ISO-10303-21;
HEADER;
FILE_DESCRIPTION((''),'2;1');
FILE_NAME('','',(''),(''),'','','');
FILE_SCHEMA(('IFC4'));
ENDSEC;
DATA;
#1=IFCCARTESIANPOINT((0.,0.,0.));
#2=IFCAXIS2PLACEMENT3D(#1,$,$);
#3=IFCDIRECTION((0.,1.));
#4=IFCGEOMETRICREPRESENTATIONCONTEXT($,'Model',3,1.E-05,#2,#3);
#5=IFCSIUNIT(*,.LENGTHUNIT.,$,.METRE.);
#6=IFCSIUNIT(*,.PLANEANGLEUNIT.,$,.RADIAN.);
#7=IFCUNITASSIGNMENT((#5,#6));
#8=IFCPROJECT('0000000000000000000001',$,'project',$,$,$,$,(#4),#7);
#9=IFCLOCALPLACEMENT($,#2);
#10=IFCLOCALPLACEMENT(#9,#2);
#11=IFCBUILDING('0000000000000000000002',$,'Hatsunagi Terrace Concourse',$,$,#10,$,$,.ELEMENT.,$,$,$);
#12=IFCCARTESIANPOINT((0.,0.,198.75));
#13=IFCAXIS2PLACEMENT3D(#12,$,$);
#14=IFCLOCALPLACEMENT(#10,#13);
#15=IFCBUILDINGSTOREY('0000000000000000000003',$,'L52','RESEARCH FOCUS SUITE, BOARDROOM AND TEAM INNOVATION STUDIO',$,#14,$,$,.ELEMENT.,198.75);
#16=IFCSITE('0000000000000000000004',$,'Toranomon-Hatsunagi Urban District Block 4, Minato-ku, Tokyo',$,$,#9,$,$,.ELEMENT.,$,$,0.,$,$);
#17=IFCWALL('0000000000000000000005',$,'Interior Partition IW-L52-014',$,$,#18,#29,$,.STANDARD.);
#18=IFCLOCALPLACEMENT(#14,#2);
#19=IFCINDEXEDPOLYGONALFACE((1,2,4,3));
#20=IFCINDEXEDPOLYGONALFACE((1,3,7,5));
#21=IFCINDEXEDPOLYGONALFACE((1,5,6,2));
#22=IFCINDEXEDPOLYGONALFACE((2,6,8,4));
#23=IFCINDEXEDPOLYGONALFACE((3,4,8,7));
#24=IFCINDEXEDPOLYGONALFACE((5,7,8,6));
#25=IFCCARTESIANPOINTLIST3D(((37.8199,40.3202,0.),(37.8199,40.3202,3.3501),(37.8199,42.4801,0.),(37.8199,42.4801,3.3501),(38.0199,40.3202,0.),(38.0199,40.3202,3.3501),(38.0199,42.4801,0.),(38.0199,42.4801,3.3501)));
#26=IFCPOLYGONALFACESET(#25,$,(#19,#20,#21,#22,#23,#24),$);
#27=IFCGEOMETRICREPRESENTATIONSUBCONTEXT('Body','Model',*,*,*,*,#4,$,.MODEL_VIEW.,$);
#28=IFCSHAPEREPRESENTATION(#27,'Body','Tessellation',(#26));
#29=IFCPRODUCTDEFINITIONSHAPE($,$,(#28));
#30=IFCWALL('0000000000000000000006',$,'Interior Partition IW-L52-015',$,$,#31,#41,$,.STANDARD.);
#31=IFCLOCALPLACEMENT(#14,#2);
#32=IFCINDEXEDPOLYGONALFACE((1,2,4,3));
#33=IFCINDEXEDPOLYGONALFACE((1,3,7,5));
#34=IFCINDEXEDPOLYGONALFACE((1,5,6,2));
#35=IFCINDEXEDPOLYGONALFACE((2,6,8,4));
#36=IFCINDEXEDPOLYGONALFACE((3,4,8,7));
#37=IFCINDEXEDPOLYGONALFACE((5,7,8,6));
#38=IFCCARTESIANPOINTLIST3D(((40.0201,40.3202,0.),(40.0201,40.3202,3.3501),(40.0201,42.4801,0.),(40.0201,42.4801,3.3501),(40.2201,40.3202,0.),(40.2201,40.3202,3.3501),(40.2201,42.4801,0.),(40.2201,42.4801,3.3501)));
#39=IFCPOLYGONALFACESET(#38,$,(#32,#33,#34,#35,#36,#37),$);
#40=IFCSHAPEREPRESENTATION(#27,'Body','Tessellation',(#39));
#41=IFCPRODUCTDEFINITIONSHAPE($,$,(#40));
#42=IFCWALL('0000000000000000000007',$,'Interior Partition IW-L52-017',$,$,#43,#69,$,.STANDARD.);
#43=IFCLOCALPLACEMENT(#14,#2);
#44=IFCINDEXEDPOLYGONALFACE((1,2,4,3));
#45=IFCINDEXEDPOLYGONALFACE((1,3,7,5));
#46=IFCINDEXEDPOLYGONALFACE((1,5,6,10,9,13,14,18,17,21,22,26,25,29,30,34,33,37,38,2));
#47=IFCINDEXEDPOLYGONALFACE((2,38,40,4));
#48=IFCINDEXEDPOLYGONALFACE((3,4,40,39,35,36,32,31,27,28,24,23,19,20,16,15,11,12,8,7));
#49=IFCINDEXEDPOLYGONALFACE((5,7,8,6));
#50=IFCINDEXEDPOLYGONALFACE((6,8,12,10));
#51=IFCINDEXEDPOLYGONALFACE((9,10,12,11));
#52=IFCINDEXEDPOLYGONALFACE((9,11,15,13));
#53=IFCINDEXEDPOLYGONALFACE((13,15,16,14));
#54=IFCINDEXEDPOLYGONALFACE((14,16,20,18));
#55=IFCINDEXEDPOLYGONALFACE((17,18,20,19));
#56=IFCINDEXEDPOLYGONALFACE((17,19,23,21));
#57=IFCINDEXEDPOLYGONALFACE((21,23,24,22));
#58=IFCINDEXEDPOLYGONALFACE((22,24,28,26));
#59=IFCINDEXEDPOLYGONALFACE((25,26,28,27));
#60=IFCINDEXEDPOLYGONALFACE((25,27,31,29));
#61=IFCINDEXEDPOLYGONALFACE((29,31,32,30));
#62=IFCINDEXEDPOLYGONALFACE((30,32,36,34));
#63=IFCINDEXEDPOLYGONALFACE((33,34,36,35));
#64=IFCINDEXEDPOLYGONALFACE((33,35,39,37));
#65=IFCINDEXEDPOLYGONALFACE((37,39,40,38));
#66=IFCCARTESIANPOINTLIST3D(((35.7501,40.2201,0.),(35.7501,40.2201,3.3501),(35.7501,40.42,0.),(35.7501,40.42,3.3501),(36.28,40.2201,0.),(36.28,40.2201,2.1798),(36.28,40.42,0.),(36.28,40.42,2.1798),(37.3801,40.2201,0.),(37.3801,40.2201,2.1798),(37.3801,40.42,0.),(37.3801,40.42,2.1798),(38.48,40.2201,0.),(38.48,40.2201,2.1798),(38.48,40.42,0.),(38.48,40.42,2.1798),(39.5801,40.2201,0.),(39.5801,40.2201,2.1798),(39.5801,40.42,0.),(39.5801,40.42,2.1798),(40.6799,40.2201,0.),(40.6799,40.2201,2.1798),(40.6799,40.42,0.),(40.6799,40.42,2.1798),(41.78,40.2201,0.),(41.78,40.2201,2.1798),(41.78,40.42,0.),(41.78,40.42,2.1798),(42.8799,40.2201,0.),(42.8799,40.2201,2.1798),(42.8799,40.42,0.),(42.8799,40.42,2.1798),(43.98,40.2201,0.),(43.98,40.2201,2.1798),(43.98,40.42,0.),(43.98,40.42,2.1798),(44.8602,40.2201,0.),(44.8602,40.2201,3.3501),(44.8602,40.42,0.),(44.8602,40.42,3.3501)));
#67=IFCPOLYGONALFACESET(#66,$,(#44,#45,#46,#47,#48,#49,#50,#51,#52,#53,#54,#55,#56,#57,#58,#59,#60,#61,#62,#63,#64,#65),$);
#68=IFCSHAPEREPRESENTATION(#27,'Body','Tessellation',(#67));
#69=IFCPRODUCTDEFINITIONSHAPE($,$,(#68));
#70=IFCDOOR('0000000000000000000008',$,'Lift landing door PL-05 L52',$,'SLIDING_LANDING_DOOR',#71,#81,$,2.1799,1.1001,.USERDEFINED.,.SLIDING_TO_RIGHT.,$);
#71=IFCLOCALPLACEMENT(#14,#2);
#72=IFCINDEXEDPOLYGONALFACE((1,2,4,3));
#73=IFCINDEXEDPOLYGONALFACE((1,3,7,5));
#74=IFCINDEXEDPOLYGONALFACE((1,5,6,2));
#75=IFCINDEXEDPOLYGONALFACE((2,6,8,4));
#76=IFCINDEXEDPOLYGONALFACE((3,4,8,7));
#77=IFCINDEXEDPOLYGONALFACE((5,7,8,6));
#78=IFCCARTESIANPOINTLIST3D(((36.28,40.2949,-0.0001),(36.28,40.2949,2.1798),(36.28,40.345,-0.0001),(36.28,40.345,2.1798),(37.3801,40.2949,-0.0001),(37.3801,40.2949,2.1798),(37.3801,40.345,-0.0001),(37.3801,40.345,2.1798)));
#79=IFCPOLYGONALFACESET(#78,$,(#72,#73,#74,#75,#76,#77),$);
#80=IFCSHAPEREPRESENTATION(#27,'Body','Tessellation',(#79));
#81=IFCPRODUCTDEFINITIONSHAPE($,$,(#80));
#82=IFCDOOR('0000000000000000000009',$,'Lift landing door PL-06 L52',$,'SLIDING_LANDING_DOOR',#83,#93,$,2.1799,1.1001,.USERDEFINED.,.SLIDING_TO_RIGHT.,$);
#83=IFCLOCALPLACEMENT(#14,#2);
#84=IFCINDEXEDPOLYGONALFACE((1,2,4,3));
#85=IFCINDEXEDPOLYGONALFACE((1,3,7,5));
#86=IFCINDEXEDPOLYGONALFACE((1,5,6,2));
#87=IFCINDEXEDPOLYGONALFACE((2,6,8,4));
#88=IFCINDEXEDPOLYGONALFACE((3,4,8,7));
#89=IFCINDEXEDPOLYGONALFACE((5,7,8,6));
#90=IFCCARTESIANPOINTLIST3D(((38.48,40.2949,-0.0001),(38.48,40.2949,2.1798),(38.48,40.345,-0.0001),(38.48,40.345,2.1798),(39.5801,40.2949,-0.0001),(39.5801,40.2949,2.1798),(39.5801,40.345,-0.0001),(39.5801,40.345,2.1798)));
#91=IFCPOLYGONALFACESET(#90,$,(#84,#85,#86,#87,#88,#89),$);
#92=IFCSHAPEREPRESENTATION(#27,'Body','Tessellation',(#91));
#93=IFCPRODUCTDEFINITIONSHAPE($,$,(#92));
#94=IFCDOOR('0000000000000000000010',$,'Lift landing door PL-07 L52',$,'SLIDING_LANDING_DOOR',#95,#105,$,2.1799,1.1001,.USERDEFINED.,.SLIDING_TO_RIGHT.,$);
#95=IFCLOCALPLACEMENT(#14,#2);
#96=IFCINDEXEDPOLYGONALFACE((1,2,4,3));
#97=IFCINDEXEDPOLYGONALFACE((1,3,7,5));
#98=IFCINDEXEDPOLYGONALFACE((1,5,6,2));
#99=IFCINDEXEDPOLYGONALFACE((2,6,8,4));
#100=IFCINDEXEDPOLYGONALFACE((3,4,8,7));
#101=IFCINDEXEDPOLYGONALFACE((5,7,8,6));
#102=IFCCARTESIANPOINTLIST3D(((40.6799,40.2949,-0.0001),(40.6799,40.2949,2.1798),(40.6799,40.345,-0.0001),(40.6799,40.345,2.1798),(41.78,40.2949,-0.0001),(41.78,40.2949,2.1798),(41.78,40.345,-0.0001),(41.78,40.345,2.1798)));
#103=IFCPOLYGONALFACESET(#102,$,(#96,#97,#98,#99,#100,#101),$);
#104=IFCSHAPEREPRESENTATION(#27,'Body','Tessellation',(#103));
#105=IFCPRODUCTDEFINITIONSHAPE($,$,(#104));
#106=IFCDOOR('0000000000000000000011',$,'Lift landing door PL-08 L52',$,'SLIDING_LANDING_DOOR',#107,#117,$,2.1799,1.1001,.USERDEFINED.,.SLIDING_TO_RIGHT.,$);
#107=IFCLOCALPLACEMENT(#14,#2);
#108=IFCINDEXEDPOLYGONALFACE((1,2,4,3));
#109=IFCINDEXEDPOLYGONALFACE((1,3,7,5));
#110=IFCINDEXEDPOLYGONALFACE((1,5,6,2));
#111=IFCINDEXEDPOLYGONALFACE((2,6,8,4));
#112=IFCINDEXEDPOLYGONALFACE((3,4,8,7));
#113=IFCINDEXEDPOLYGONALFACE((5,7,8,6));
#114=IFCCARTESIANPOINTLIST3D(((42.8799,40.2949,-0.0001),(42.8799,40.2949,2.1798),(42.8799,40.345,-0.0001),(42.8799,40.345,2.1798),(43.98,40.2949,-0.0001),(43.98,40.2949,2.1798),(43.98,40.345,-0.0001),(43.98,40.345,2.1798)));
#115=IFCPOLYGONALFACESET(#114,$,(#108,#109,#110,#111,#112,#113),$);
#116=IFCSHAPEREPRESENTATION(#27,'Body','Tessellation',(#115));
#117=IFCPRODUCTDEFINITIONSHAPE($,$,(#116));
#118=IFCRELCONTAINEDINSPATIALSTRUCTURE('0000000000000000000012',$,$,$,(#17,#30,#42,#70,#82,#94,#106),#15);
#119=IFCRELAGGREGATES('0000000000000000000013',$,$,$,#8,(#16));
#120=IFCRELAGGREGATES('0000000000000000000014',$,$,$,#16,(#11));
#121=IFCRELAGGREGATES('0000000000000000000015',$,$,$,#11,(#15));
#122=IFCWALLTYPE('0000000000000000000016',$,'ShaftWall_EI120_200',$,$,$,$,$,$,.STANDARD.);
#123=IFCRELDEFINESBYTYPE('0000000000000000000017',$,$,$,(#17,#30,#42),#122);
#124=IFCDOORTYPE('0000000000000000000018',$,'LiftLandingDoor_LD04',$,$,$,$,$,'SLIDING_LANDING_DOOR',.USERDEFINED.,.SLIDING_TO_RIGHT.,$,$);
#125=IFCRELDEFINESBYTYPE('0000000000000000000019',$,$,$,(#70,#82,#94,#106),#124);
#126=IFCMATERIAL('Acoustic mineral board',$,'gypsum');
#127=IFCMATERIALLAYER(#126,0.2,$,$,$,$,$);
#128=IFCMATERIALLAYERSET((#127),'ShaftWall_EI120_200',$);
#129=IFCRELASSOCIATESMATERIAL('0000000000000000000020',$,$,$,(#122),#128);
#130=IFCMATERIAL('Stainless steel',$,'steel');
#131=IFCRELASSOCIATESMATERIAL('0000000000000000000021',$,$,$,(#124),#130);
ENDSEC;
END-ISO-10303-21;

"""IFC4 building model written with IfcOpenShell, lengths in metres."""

from ifc_helpers import new_model, si_unit, direction, frame, frame_2d, origin, place, context, subcontext, project, spatial, rectangle, extrude, material, layer, layer_set, type_object, element, fill, save


model = new_model("IFC4")

# Units and contexts
model_context = context("Model", 3, precision=1e-05, world=origin(), true_north=direction((0.0, 1.0)))
body_context = subcontext(model_context, "Body", "Model", "MODEL_VIEW")
ifc_project = project(units=[si_unit("LENGTHUNIT", "METRE"), si_unit("PLANEANGLEUNIT", "RADIAN")], contexts=[model_context])

# Site, building, storey
site_placement = place(None, origin())
site = spatial("IfcSite", under=ifc_project, at=site_placement, Name="Toranomon-Hatsunagi Urban District Block 4, Minato-ku, Tokyo", CompositionType="ELEMENT", RefElevation=0.0)
building_placement = place(site_placement, origin())
building = spatial("IfcBuilding", under=site, at=building_placement, Name="Hatsunagi Terrace Concourse", CompositionType="ELEMENT")
storey_placement = place(building_placement, frame((0.0, 0.0, 198.75)))
storey = spatial("IfcBuildingStorey", under=building, at=storey_placement, Name="L52", Description="RESEARCH FOCUS SUITE, BOARDROOM AND TEAM INNOVATION STUDIO", CompositionType="ELEMENT", Elevation=198.75)

# Walls
ifc_material_1 = material(Name="Acoustic mineral board", Category="gypsum")
ifc_layer_1 = layer(ifc_material_1, 0.2)
ifc_layer_set_1 = layer_set([ifc_layer_1], Name="ShaftWall_EI120_200")
wall_type_1 = type_object("IfcWallType", Name="ShaftWall_EI120_200", PredefinedType="STANDARD", material=ifc_layer_set_1)
for number, where, z_axis, x_axis, name in (
    (1, (37.9199, 40.3201, 0.0), (0.0, 0.0, 1.0), (0.0, 1.0, 0.0), "Interior Partition IW-L52-014"),
    (2, (40.1201, 40.3201, 0.0), (0.0, 0.0, 1.0), (0.0, 1.0, 0.0), "Interior Partition IW-L52-015"),
):
    element("IfcWall", number, at=place(storey_placement, frame(where, z_axis=z_axis, x_axis=x_axis)), inside=storey, type_object=wall_type_1, Name=name, PredefinedType="STANDARD", context=body_context, shape_type="SweptSolid", body=[
        extrude(rectangle(XDim=2.1599, YDim=0.2, at=frame_2d((1.0801, 0.0))), origin(), (0.0, 0.0, 1.0), 3.3501),
    ])

# Wall, openings, doors
wall_1_placement = place(storey_placement, frame((35.75, 40.3201, 0.0), z_axis=(0.0, 0.0, 1.0), x_axis=(1.0, 0.0, 0.0)))
wall_1 = element("IfcWall", 3, at=wall_1_placement, inside=storey, type_object=wall_type_1, Name="Interior Partition IW-L52-017", PredefinedType="STANDARD", context=body_context, shape_type="SweptSolid", body=[
    extrude(rectangle(XDim=9.1101, YDim=0.2, at=frame_2d((4.5552, 0.0))), origin(), (0.0, 0.0, 1.0), 3.3501),
])
opening_1_placement = place(wall_1_placement, frame((0.53, 0.0, 0.0)))
opening_1 = element("IfcOpeningElement", 4, at=opening_1_placement, cuts=wall_1, PredefinedType="OPENING", context=body_context, shape_type="SweptSolid", body=[
    extrude(rectangle(XDim=1.1001, YDim=2.1799, at=frame_2d((0.55, 1.0898))), frame((0.0, 0.1099, 0.0), z_axis=(0.0, -1.0, 0.0), x_axis=(1.0, 0.0, 0.0)), (0.0, 0.0, 1.0), 0.22),
])
opening_2_placement = place(wall_1_placement, frame((2.73, 0.0, 0.0)))
opening_2 = element("IfcOpeningElement", 5, at=opening_2_placement, cuts=wall_1, PredefinedType="OPENING", context=body_context, shape_type="SweptSolid", body=[
    extrude(rectangle(XDim=1.1001, YDim=2.1799, at=frame_2d((0.55, 1.0898))), frame((0.0, 0.1099, 0.0), z_axis=(0.0, -1.0, 0.0), x_axis=(1.0, 0.0, 0.0)), (0.0, 0.0, 1.0), 0.22),
])
opening_3_placement = place(wall_1_placement, frame((4.9299, 0.0, 0.0)))
opening_3 = element("IfcOpeningElement", 6, at=opening_3_placement, cuts=wall_1, PredefinedType="OPENING", context=body_context, shape_type="SweptSolid", body=[
    extrude(rectangle(XDim=1.1001, YDim=2.1799, at=frame_2d((0.55, 1.0898))), frame((0.0, 0.1099, 0.0), z_axis=(0.0, -1.0, 0.0), x_axis=(1.0, 0.0, 0.0)), (0.0, 0.0, 1.0), 0.22),
])
opening_4_placement = place(wall_1_placement, frame((7.1299, 0.0, 0.0)))
opening_4 = element("IfcOpeningElement", 7, at=opening_4_placement, cuts=wall_1, PredefinedType="OPENING", context=body_context, shape_type="SweptSolid", body=[
    extrude(rectangle(XDim=1.1001, YDim=2.1799, at=frame_2d((0.55, 1.0898))), frame((0.0, 0.1099, 0.0), z_axis=(0.0, -1.0, 0.0), x_axis=(1.0, 0.0, 0.0)), (0.0, 0.0, 1.0), 0.22),
])
ifc_material_2 = material(Name="Stainless steel", Category="steel")
door_type_1 = type_object("IfcDoorType", Name="LiftLandingDoor_LD04", ElementType="SLIDING_LANDING_DOOR", OperationType="SLIDING_TO_RIGHT", PredefinedType="USERDEFINED", material=ifc_material_2)
door_1_placement = place(opening_1_placement, origin())
door_1 = element("IfcDoor", 8, at=door_1_placement, inside=storey, type_object=door_type_1, Name="Lift landing door PL-05 L52", ObjectType="SLIDING_LANDING_DOOR", OperationType="SLIDING_TO_RIGHT", OverallHeight=2.1799, OverallWidth=1.1001, PredefinedType="USERDEFINED", context=body_context, shape_type="SweptSolid", body=[
    extrude(rectangle(XDim=1.1001, YDim=2.1799, at=frame_2d((0.55, 1.0898))), frame((0.0, 0.0249, 0.0), z_axis=(0.0, -1.0, 0.0), x_axis=(1.0, 0.0, 0.0)), (0.0, 0.0, 1.0), 0.05),
])
fill(opening_1, door_1)
door_2_placement = place(opening_2_placement, origin())
door_2 = element("IfcDoor", 9, at=door_2_placement, inside=storey, type_object=door_type_1, Name="Lift landing door PL-06 L52", ObjectType="SLIDING_LANDING_DOOR", OperationType="SLIDING_TO_RIGHT", OverallHeight=2.1799, OverallWidth=1.1001, PredefinedType="USERDEFINED", context=body_context, shape_type="SweptSolid", body=[
    extrude(rectangle(XDim=1.1001, YDim=2.1799, at=frame_2d((0.55, 1.0898))), frame((0.0, 0.0249, 0.0), z_axis=(0.0, -1.0, 0.0), x_axis=(1.0, 0.0, 0.0)), (0.0, 0.0, 1.0), 0.05),
])
fill(opening_2, door_2)
door_3_placement = place(opening_3_placement, origin())
door_3 = element("IfcDoor", 10, at=door_3_placement, inside=storey, type_object=door_type_1, Name="Lift landing door PL-07 L52", ObjectType="SLIDING_LANDING_DOOR", OperationType="SLIDING_TO_RIGHT", OverallHeight=2.1799, OverallWidth=1.1001, PredefinedType="USERDEFINED", context=body_context, shape_type="SweptSolid", body=[
    extrude(rectangle(XDim=1.1001, YDim=2.1799, at=frame_2d((0.55, 1.0898))), frame((0.0, 0.0249, 0.0), z_axis=(0.0, -1.0, 0.0), x_axis=(1.0, 0.0, 0.0)), (0.0, 0.0, 1.0), 0.05),
])
fill(opening_3, door_3)
door_4_placement = place(opening_4_placement, origin())
door_4 = element("IfcDoor", 11, at=door_4_placement, inside=storey, type_object=door_type_1, Name="Lift landing door PL-08 L52", ObjectType="SLIDING_LANDING_DOOR", OperationType="SLIDING_TO_RIGHT", OverallHeight=2.1799, OverallWidth=1.1001, PredefinedType="USERDEFINED", context=body_context, shape_type="SweptSolid", body=[
    extrude(rectangle(XDim=1.1001, YDim=2.1799, at=frame_2d((0.55, 1.0898))), frame((0.0, 0.0249, 0.0), z_axis=(0.0, -1.0, 0.0), x_axis=(1.0, 0.0, 0.0)), (0.0, 0.0, 1.0), 0.05),
])
fill(opening_4, door_4)

save(model, "model.ifc")
